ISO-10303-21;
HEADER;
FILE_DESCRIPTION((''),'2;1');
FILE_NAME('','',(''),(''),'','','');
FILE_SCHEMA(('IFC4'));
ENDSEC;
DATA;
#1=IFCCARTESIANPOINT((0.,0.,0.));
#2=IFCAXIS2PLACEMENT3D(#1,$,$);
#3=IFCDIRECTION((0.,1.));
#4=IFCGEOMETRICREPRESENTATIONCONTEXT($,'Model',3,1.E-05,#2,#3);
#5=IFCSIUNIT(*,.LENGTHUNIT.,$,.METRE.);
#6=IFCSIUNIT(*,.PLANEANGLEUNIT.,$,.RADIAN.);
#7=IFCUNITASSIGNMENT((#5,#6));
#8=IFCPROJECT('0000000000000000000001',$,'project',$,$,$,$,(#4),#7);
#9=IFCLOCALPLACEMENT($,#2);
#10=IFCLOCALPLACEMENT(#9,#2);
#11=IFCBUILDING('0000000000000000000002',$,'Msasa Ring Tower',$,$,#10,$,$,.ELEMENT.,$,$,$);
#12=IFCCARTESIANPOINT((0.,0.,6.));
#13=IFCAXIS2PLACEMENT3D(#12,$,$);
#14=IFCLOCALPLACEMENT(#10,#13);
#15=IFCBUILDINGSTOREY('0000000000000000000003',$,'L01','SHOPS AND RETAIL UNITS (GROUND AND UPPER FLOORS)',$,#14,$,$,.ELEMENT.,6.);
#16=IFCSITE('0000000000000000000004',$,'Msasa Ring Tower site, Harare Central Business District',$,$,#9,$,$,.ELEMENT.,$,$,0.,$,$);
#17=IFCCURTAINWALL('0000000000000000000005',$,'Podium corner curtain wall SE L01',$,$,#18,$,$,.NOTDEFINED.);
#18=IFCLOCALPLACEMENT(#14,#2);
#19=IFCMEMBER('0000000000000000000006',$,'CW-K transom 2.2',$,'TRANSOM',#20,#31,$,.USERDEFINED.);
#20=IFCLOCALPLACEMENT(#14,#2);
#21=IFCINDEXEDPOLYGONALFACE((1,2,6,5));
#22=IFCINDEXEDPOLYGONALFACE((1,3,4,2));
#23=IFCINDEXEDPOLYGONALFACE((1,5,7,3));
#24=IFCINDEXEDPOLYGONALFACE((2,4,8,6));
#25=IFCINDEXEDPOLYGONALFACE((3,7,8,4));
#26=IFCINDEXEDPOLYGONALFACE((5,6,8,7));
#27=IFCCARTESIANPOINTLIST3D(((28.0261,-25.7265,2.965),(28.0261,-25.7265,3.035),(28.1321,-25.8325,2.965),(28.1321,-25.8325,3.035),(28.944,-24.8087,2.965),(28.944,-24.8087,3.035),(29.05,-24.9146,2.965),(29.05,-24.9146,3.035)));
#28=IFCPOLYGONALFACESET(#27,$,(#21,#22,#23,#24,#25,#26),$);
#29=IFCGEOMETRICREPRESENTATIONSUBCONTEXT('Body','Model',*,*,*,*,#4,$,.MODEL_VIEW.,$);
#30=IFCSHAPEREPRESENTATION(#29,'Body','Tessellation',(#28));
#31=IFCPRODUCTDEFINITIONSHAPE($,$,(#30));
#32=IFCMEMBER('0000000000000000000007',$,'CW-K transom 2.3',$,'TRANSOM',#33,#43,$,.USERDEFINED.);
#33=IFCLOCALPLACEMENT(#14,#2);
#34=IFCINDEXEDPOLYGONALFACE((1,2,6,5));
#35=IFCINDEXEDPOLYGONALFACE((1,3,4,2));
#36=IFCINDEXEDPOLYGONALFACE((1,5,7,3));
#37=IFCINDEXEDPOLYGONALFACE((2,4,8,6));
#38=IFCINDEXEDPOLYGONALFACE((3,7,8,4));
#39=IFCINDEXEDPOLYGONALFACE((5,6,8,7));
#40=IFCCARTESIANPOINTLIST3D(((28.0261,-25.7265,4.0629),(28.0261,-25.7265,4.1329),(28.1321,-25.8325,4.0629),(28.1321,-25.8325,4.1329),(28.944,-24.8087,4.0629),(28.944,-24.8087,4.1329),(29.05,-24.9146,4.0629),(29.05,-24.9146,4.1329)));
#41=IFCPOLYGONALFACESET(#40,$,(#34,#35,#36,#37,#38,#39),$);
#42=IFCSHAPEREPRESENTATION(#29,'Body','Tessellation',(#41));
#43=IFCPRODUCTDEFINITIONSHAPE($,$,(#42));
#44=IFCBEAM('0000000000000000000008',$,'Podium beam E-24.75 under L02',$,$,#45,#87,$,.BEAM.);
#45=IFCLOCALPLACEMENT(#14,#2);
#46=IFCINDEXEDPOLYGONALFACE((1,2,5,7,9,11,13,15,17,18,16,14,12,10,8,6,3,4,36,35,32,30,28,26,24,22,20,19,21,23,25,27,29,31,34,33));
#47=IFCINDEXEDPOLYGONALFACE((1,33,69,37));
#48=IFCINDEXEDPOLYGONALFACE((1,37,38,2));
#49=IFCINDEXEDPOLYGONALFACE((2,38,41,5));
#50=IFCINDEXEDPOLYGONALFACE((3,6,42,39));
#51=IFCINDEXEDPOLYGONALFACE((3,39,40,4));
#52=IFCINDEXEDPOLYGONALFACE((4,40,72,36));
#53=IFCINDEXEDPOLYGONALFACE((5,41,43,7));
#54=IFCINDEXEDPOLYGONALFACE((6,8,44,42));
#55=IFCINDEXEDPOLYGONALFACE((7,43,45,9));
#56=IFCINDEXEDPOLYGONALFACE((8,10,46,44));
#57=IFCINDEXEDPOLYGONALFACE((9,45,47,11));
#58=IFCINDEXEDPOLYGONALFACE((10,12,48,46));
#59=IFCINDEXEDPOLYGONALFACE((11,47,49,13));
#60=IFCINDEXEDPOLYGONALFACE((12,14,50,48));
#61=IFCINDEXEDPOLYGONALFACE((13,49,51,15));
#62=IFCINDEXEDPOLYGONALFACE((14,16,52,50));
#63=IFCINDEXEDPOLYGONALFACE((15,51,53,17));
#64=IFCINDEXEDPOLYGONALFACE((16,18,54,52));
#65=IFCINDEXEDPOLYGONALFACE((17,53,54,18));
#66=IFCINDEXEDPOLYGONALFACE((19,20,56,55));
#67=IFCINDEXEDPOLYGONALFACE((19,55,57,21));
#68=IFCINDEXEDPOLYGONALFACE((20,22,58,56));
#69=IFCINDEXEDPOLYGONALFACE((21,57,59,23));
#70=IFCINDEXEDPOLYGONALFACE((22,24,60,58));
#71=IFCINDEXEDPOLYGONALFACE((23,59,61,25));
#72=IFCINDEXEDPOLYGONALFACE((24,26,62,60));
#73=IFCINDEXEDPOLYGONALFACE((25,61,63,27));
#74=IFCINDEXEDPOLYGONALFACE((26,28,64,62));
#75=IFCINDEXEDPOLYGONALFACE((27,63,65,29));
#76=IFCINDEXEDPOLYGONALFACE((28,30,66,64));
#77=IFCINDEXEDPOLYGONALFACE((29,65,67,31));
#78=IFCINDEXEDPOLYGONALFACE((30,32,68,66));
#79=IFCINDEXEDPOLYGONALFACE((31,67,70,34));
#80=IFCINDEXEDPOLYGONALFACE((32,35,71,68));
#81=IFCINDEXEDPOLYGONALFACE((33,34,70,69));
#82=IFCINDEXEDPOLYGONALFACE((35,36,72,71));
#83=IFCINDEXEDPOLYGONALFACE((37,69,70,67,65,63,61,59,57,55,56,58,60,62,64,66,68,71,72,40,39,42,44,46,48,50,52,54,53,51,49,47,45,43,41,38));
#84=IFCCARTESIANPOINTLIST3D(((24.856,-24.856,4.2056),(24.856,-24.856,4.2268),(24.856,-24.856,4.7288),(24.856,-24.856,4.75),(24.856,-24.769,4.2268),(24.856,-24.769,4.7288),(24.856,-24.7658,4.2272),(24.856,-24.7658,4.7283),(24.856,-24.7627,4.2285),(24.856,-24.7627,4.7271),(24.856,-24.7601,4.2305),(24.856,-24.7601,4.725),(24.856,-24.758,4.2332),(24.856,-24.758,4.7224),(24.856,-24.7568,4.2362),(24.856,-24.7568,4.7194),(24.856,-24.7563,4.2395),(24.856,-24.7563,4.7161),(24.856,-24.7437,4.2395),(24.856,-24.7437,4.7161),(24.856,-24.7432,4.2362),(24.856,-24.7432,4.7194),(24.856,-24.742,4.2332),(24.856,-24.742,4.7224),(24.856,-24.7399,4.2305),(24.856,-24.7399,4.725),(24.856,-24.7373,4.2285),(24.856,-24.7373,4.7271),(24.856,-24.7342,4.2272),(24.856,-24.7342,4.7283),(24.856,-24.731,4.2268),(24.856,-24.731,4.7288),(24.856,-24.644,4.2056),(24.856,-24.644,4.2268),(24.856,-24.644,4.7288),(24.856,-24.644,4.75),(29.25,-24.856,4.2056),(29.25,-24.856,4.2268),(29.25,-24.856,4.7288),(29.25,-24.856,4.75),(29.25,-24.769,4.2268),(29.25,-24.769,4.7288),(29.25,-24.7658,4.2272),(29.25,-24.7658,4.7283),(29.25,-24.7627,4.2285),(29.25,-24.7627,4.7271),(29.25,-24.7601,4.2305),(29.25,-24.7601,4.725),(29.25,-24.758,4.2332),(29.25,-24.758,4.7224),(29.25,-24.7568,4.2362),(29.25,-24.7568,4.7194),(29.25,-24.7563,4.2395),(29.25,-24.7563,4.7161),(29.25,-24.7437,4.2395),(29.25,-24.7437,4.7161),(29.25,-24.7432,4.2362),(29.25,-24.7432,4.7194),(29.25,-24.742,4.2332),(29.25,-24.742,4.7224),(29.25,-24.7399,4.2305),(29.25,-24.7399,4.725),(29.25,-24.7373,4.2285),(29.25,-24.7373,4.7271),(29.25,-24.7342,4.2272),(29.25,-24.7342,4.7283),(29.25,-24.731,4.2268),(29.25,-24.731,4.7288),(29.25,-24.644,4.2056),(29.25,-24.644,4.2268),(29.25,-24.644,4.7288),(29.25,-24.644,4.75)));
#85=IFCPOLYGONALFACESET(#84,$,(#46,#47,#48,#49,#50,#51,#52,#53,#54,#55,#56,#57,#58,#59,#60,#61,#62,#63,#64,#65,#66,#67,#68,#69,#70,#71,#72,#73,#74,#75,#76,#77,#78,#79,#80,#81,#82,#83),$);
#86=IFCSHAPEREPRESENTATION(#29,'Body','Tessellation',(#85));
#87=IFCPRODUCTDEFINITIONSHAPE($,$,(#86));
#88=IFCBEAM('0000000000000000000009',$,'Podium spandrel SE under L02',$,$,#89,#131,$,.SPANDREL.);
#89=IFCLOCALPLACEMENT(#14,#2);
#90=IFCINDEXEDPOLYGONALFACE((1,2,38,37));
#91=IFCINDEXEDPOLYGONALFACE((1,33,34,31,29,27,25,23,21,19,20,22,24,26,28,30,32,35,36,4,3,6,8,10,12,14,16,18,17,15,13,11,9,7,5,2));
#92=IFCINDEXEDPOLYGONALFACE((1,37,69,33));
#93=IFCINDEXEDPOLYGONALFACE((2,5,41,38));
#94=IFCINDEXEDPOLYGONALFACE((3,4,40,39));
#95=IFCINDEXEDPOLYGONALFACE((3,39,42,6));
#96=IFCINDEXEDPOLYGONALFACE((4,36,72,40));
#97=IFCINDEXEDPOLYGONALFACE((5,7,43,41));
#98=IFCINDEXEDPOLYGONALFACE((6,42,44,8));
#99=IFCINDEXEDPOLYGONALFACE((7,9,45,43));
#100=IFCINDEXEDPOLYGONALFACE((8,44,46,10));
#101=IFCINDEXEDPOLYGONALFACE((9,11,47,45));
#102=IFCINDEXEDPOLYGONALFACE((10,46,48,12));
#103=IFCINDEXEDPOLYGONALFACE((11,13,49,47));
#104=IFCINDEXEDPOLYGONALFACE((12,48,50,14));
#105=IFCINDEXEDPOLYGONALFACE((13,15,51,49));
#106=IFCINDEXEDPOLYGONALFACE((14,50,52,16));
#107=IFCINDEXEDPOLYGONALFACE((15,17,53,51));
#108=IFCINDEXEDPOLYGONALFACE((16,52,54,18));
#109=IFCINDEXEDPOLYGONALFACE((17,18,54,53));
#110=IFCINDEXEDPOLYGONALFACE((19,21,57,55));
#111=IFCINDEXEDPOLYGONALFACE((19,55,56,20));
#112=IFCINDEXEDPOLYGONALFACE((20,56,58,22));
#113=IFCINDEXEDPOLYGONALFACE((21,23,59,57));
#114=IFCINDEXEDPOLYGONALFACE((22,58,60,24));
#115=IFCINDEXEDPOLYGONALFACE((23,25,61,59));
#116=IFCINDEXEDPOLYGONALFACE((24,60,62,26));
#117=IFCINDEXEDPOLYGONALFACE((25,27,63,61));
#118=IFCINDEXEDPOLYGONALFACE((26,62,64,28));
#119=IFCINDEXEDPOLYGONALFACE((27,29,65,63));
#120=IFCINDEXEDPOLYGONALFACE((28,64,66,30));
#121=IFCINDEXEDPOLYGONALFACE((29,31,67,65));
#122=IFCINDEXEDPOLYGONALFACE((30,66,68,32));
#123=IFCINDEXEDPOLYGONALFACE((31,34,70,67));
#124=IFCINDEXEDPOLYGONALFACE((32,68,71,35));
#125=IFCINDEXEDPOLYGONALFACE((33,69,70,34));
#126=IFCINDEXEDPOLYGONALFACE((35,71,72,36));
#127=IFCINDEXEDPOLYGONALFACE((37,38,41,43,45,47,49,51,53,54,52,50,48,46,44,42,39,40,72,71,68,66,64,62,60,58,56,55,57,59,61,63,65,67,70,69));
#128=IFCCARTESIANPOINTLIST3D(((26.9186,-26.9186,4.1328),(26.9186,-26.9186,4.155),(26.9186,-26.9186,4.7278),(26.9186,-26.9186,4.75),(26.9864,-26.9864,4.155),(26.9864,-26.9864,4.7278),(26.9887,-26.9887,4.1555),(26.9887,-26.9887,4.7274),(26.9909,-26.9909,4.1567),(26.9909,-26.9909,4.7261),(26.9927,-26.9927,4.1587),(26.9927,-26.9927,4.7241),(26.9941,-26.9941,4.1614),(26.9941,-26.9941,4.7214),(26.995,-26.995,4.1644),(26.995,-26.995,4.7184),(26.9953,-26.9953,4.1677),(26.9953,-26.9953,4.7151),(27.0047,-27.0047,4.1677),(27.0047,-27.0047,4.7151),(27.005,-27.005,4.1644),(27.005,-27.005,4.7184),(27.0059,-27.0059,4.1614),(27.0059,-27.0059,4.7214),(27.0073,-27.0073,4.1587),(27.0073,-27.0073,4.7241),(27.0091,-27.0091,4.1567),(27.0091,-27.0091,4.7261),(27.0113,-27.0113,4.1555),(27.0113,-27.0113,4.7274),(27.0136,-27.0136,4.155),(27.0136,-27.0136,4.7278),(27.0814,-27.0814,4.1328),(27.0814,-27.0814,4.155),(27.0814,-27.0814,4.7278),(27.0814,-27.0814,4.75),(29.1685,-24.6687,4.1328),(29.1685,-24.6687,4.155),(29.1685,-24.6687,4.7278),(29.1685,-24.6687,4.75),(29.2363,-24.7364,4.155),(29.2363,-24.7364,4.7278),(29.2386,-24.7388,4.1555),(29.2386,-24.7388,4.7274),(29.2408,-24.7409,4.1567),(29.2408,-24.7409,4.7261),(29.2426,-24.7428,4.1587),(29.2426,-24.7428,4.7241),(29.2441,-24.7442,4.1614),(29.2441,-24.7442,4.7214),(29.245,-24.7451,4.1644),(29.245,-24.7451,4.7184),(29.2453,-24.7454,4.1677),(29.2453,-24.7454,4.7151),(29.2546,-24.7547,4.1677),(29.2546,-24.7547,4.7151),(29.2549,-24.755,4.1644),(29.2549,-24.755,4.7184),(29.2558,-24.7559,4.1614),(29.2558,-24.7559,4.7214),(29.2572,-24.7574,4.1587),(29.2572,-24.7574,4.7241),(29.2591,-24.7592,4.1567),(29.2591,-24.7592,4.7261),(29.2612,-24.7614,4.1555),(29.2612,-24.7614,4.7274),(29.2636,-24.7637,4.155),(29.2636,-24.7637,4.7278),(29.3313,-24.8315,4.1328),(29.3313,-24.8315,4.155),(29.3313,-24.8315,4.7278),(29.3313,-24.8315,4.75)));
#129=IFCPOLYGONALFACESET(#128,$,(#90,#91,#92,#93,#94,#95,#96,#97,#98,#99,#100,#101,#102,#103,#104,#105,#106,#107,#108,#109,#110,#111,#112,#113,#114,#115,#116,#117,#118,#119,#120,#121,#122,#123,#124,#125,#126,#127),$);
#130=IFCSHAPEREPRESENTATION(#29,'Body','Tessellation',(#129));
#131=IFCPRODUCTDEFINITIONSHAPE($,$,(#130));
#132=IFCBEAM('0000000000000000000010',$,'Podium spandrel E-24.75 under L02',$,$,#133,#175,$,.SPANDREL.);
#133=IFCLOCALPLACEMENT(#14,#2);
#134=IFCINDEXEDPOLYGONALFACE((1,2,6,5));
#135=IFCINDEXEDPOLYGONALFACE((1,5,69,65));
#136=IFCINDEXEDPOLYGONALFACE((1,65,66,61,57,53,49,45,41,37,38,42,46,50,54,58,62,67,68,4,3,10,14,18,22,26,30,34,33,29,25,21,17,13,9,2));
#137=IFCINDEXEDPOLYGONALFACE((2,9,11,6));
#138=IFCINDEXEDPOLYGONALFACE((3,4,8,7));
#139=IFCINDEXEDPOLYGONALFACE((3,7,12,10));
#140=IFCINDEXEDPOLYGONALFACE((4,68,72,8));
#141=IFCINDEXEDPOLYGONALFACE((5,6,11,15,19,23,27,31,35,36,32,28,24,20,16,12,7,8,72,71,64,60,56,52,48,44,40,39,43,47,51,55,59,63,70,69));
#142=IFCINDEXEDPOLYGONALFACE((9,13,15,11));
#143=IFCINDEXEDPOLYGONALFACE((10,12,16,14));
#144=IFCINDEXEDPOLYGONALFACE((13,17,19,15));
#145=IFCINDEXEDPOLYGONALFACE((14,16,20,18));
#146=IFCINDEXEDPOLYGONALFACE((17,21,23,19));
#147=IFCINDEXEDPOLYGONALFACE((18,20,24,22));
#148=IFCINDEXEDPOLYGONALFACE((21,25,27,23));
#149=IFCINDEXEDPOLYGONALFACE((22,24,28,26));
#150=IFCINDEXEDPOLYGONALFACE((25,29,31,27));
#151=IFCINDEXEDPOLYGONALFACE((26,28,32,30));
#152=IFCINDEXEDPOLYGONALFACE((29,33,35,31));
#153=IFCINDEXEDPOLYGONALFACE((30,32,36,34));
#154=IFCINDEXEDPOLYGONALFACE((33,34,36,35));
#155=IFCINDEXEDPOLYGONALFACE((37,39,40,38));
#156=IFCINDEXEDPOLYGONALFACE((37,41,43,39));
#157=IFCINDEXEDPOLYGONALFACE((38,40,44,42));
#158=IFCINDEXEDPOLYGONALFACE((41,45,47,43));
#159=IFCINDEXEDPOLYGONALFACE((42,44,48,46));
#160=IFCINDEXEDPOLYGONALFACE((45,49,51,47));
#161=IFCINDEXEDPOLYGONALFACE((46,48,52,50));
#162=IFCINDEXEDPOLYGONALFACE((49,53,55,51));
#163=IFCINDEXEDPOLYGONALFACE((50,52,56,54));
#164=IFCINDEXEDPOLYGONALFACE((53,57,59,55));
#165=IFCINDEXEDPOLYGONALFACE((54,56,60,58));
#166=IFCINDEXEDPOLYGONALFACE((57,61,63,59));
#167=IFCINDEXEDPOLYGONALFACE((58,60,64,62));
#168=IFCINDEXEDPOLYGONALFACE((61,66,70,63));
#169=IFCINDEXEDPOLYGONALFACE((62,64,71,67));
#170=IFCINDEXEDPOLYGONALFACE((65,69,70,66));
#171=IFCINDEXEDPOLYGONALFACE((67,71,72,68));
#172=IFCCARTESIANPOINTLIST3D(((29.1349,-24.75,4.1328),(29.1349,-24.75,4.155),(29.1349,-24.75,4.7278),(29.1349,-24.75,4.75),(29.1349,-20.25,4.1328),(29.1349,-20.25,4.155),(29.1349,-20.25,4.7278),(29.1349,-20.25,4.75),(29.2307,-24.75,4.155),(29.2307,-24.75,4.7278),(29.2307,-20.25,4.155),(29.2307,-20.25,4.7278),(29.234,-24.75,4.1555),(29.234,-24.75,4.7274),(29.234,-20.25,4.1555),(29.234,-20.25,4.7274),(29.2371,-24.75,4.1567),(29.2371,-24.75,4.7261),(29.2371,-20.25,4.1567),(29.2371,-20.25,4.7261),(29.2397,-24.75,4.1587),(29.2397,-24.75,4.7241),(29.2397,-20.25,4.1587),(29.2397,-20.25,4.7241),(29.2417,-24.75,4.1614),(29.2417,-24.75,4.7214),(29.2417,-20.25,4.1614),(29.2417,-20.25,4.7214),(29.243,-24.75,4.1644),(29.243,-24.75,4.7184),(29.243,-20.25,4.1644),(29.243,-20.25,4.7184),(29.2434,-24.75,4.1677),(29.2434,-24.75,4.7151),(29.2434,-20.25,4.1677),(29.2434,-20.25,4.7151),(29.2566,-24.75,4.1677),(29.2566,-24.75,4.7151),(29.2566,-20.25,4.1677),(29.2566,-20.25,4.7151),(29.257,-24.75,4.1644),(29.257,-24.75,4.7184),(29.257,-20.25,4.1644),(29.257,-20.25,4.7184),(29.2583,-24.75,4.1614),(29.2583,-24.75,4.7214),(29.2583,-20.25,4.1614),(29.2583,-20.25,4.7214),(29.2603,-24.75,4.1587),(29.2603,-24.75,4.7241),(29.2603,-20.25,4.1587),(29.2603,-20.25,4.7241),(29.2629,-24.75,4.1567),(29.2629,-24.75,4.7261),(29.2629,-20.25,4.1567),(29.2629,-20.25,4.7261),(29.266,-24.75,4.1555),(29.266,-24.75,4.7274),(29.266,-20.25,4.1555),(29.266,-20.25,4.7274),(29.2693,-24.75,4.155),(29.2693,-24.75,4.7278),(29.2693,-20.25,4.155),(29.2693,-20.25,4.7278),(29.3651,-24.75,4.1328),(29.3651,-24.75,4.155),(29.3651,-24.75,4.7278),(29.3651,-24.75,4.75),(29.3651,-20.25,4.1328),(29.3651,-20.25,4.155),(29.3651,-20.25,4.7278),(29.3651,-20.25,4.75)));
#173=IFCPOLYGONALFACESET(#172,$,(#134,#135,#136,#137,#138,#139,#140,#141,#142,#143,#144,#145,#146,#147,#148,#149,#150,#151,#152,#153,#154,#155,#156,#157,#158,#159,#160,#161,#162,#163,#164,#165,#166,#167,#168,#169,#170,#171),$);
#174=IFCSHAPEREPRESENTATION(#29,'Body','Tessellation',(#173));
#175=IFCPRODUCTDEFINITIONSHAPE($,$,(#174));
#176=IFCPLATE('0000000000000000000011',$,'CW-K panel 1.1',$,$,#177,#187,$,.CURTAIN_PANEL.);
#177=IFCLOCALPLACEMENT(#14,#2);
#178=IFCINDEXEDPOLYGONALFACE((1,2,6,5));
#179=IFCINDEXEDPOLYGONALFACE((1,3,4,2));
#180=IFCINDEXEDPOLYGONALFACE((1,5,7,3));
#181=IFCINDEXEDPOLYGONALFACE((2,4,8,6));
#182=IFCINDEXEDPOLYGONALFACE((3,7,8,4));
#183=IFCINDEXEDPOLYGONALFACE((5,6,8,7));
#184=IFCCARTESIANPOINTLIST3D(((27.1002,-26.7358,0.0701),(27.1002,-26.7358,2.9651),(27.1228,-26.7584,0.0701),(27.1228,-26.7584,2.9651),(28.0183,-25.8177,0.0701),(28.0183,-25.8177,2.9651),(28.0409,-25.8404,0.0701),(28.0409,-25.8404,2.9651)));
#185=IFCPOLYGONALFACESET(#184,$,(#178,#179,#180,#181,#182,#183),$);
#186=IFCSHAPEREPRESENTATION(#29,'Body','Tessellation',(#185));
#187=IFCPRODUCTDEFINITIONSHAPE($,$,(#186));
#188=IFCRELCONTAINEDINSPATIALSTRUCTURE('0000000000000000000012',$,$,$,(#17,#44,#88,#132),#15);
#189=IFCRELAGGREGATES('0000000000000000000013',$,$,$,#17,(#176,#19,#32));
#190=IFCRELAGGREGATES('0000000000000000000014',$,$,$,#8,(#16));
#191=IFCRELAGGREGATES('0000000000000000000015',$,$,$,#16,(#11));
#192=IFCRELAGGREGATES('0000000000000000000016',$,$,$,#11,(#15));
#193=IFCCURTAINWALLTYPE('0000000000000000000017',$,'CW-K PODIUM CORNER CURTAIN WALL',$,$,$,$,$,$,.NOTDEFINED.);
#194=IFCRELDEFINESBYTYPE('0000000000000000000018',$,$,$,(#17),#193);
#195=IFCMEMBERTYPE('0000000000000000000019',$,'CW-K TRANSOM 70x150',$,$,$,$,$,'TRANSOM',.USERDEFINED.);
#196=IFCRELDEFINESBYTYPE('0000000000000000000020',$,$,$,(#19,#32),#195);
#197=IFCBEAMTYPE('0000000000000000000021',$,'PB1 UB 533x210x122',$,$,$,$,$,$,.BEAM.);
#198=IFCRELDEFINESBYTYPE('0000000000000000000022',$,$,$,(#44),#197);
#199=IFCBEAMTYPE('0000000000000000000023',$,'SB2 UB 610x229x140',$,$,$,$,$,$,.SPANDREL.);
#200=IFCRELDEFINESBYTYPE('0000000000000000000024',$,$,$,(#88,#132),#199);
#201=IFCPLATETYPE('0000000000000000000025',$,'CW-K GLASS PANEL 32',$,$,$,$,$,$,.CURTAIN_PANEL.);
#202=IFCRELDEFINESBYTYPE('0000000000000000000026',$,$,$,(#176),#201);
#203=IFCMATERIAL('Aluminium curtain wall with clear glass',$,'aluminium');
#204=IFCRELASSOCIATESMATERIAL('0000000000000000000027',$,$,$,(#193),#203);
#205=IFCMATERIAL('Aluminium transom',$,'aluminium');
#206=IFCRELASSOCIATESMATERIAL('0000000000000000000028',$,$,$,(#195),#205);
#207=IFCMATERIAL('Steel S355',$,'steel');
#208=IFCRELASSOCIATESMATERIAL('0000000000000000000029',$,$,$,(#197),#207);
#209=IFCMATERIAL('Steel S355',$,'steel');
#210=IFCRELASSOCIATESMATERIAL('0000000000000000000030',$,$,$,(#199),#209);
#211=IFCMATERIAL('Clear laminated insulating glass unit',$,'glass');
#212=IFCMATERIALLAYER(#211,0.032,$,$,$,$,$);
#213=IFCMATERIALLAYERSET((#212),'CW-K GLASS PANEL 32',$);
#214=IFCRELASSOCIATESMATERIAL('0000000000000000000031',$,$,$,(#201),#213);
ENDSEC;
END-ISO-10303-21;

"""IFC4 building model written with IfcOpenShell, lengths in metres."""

from ifc_helpers import new_model, si_unit, direction, frame, origin, origin_2d, place, context, subcontext, project, spatial, rectangle, i_section, extrude, material, layer, layer_set, material_profile, profile_set, type_object, element, aggregate, save


model = new_model("IFC4")

# Units and contexts
model_context = context("Model", 3, precision=1e-05, world=origin(), true_north=direction((0.0, 1.0)))
body_context = subcontext(model_context, "Body", "Model", "MODEL_VIEW")
ifc_project = project(units=[si_unit("LENGTHUNIT", "METRE"), si_unit("PLANEANGLEUNIT", "RADIAN")], contexts=[model_context])

# Site, building, storey
site_placement = place(None, origin())
site = spatial("IfcSite", under=ifc_project, at=site_placement, Name="Msasa Ring Tower site, Harare Central Business District", CompositionType="ELEMENT", RefElevation=0.0)
building_placement = place(site_placement, origin())
building = spatial("IfcBuilding", under=site, at=building_placement, Name="Msasa Ring Tower", CompositionType="ELEMENT")
storey_placement = place(building_placement, frame((0.0, 0.0, 6.0)))
storey = spatial("IfcBuildingStorey", under=building, at=storey_placement, Name="L01", Description="SHOPS AND RETAIL UNITS (GROUND AND UPPER FLOORS)", CompositionType="ELEMENT", Elevation=6.0)

# Curtain wall, members
ifc_material_1 = material(Name="Aluminium curtain wall with clear glass", Category="aluminium")
curtain_wall_type = type_object("IfcCurtainWallType", Name="CW-K PODIUM CORNER CURTAIN WALL", PredefinedType="NOTDEFINED", material=ifc_material_1)
curtain_wall_placement = place(storey_placement, origin())
curtain_wall = element("IfcCurtainWall", 1, at=curtain_wall_placement, inside=storey, type_object=curtain_wall_type, Name="Podium corner curtain wall SE L01", PredefinedType="NOTDEFINED")
ifc_material_2 = material(Name="Aluminium transom", Category="aluminium")
ifc_material_profile_1 = material_profile(ifc_material_2, rectangle(XDim=0.1499, YDim=0.0701, at=origin_2d()), Name="AL 70x150")
ifc_profile_set_1 = profile_set([ifc_material_profile_1], Name="Aluminium transom")
member_type_1 = type_object("IfcMemberType", Name="CW-K TRANSOM 70x150", ElementType="TRANSOM", PredefinedType="USERDEFINED", material=ifc_profile_set_1)
member_1_placement = place(storey_placement, frame((28.0791, -25.7795, 3.0), z_axis=(0.707107, 0.707107, 0.0), x_axis=(-0.707107, 0.707107, 0.0)))
member_1 = element("IfcMember", 2, at=member_1_placement, type_object=member_type_1, Name="CW-K transom 2.2", ObjectType="TRANSOM", PredefinedType="USERDEFINED", context=body_context, shape_type="SweptSolid", body=[
    extrude(rectangle(XDim=0.1499, YDim=0.0701, at=origin_2d()), origin(), (0.0, 0.0, 1.0), 1.2981),
])
member_2_placement = place(storey_placement, frame((28.0791, -25.7795, 4.0979), z_axis=(0.707107, 0.707107, 0.0), x_axis=(-0.707107, 0.707107, 0.0)))
member_2 = element("IfcMember", 3, at=member_2_placement, type_object=member_type_1, Name="CW-K transom 2.3", ObjectType="TRANSOM", PredefinedType="USERDEFINED", context=body_context, shape_type="SweptSolid", body=[
    extrude(rectangle(XDim=0.1499, YDim=0.0701, at=origin_2d()), origin(), (0.0, 0.0, 1.0), 1.2981),
])

# Beams
ifc_material_3 = material(Name="Steel S355", Category="steel")
ifc_material_profile_2 = material_profile(ifc_material_3, i_section(OverallWidth=0.2119, OverallDepth=0.5444, WebThickness=0.0127, FlangeThickness=0.0212, FilletRadius=0.0127, at=origin_2d()), Name="UB 533x210x122")
ifc_profile_set_2 = profile_set([ifc_material_profile_2], Name="Steel S355")
beam_type_1 = type_object("IfcBeamType", Name="PB1 UB 533x210x122", PredefinedType="BEAM", material=ifc_profile_set_2)
beam_1_placement = place(storey_placement, frame((29.25, -24.75, 4.4778), z_axis=(-1.0, 0.0, 0.0), x_axis=(0.0, -1.0, 0.0)))
element("IfcBeam", 4, at=beam_1_placement, inside=storey, type_object=beam_type_1, Name="Podium beam E-24.75 under L02", PredefinedType="BEAM", context=body_context, shape_type="SweptSolid", body=[
    extrude(i_section(OverallWidth=0.2119, OverallDepth=0.5444, WebThickness=0.0127, FlangeThickness=0.0212, FilletRadius=0.0127, at=origin_2d()), origin(), (0.0, 0.0, 1.0), 4.394),
])
ifc_material_4 = material(Name="Steel S355", Category="steel")
ifc_material_profile_3 = material_profile(ifc_material_4, i_section(OverallWidth=0.2302, OverallDepth=0.6172, WebThickness=0.0132, FlangeThickness=0.0222, FilletRadius=0.0127, at=origin_2d()), Name="UB 610x229x140")
ifc_profile_set_3 = profile_set([ifc_material_profile_3], Name="Steel S355")
beam_type_2 = type_object("IfcBeamType", Name="SB2 UB 610x229x140", PredefinedType="SPANDREL", material=ifc_profile_set_3)
beam_2_placement = place(storey_placement, frame((27.0, -27.0, 4.4414), z_axis=(0.707107, 0.707107, 0.0), x_axis=(-0.707107, 0.707107, 0.0)))
element("IfcBeam", 5, at=beam_2_placement, inside=storey, type_object=beam_type_2, Name="Podium spandrel SE under L02", PredefinedType="SPANDREL", context=body_context, shape_type="SweptSolid", body=[
    extrude(i_section(OverallWidth=0.2302, OverallDepth=0.6172, WebThickness=0.0132, FlangeThickness=0.0222, FilletRadius=0.0127, at=origin_2d()), origin(), (0.0, 0.0, 1.0), 3.1819),
])
beam_3_placement = place(storey_placement, frame((29.25, -24.75, 4.4414), z_axis=(0.0, 1.0, 0.0), x_axis=(-1.0, 0.0, 0.0)))
element("IfcBeam", 6, at=beam_3_placement, inside=storey, type_object=beam_type_2, Name="Podium spandrel E-24.75 under L02", PredefinedType="SPANDREL", context=body_context, shape_type="SweptSolid", body=[
    extrude(i_section(OverallWidth=0.2302, OverallDepth=0.6172, WebThickness=0.0132, FlangeThickness=0.0222, FilletRadius=0.0127, at=origin_2d()), origin(), (0.0, 0.0, 1.0), 4.5),
])

# Plate
ifc_material_5 = material(Name="Clear laminated insulating glass unit", Category="glass")
ifc_layer_1 = layer(ifc_material_5, 0.032)
ifc_layer_set_1 = layer_set([ifc_layer_1], Name="CW-K GLASS PANEL 32")
plate_type = type_object("IfcPlateType", Name="CW-K GLASS PANEL 32", PredefinedType="CURTAIN_PANEL", material=ifc_layer_set_1)
plate_1_placement = place(storey_placement, frame((27.5706, -26.2881, 0.0701), z_axis=(0.0, 0.0, 1.0), x_axis=(0.707107, 0.707107, 0.0)))
plate_1 = element("IfcPlate", 7, at=plate_1_placement, type_object=plate_type, Name="CW-K panel 1.1", PredefinedType="CURTAIN_PANEL", context=body_context, shape_type="SweptSolid", body=[
    extrude(rectangle(XDim=1.2983, YDim=0.032, at=origin_2d()), origin(), (0.0, 0.0, 1.0), 2.895),
])
aggregate(curtain_wall, [plate_1, member_1, member_2])

save(model, "model.ifc")
